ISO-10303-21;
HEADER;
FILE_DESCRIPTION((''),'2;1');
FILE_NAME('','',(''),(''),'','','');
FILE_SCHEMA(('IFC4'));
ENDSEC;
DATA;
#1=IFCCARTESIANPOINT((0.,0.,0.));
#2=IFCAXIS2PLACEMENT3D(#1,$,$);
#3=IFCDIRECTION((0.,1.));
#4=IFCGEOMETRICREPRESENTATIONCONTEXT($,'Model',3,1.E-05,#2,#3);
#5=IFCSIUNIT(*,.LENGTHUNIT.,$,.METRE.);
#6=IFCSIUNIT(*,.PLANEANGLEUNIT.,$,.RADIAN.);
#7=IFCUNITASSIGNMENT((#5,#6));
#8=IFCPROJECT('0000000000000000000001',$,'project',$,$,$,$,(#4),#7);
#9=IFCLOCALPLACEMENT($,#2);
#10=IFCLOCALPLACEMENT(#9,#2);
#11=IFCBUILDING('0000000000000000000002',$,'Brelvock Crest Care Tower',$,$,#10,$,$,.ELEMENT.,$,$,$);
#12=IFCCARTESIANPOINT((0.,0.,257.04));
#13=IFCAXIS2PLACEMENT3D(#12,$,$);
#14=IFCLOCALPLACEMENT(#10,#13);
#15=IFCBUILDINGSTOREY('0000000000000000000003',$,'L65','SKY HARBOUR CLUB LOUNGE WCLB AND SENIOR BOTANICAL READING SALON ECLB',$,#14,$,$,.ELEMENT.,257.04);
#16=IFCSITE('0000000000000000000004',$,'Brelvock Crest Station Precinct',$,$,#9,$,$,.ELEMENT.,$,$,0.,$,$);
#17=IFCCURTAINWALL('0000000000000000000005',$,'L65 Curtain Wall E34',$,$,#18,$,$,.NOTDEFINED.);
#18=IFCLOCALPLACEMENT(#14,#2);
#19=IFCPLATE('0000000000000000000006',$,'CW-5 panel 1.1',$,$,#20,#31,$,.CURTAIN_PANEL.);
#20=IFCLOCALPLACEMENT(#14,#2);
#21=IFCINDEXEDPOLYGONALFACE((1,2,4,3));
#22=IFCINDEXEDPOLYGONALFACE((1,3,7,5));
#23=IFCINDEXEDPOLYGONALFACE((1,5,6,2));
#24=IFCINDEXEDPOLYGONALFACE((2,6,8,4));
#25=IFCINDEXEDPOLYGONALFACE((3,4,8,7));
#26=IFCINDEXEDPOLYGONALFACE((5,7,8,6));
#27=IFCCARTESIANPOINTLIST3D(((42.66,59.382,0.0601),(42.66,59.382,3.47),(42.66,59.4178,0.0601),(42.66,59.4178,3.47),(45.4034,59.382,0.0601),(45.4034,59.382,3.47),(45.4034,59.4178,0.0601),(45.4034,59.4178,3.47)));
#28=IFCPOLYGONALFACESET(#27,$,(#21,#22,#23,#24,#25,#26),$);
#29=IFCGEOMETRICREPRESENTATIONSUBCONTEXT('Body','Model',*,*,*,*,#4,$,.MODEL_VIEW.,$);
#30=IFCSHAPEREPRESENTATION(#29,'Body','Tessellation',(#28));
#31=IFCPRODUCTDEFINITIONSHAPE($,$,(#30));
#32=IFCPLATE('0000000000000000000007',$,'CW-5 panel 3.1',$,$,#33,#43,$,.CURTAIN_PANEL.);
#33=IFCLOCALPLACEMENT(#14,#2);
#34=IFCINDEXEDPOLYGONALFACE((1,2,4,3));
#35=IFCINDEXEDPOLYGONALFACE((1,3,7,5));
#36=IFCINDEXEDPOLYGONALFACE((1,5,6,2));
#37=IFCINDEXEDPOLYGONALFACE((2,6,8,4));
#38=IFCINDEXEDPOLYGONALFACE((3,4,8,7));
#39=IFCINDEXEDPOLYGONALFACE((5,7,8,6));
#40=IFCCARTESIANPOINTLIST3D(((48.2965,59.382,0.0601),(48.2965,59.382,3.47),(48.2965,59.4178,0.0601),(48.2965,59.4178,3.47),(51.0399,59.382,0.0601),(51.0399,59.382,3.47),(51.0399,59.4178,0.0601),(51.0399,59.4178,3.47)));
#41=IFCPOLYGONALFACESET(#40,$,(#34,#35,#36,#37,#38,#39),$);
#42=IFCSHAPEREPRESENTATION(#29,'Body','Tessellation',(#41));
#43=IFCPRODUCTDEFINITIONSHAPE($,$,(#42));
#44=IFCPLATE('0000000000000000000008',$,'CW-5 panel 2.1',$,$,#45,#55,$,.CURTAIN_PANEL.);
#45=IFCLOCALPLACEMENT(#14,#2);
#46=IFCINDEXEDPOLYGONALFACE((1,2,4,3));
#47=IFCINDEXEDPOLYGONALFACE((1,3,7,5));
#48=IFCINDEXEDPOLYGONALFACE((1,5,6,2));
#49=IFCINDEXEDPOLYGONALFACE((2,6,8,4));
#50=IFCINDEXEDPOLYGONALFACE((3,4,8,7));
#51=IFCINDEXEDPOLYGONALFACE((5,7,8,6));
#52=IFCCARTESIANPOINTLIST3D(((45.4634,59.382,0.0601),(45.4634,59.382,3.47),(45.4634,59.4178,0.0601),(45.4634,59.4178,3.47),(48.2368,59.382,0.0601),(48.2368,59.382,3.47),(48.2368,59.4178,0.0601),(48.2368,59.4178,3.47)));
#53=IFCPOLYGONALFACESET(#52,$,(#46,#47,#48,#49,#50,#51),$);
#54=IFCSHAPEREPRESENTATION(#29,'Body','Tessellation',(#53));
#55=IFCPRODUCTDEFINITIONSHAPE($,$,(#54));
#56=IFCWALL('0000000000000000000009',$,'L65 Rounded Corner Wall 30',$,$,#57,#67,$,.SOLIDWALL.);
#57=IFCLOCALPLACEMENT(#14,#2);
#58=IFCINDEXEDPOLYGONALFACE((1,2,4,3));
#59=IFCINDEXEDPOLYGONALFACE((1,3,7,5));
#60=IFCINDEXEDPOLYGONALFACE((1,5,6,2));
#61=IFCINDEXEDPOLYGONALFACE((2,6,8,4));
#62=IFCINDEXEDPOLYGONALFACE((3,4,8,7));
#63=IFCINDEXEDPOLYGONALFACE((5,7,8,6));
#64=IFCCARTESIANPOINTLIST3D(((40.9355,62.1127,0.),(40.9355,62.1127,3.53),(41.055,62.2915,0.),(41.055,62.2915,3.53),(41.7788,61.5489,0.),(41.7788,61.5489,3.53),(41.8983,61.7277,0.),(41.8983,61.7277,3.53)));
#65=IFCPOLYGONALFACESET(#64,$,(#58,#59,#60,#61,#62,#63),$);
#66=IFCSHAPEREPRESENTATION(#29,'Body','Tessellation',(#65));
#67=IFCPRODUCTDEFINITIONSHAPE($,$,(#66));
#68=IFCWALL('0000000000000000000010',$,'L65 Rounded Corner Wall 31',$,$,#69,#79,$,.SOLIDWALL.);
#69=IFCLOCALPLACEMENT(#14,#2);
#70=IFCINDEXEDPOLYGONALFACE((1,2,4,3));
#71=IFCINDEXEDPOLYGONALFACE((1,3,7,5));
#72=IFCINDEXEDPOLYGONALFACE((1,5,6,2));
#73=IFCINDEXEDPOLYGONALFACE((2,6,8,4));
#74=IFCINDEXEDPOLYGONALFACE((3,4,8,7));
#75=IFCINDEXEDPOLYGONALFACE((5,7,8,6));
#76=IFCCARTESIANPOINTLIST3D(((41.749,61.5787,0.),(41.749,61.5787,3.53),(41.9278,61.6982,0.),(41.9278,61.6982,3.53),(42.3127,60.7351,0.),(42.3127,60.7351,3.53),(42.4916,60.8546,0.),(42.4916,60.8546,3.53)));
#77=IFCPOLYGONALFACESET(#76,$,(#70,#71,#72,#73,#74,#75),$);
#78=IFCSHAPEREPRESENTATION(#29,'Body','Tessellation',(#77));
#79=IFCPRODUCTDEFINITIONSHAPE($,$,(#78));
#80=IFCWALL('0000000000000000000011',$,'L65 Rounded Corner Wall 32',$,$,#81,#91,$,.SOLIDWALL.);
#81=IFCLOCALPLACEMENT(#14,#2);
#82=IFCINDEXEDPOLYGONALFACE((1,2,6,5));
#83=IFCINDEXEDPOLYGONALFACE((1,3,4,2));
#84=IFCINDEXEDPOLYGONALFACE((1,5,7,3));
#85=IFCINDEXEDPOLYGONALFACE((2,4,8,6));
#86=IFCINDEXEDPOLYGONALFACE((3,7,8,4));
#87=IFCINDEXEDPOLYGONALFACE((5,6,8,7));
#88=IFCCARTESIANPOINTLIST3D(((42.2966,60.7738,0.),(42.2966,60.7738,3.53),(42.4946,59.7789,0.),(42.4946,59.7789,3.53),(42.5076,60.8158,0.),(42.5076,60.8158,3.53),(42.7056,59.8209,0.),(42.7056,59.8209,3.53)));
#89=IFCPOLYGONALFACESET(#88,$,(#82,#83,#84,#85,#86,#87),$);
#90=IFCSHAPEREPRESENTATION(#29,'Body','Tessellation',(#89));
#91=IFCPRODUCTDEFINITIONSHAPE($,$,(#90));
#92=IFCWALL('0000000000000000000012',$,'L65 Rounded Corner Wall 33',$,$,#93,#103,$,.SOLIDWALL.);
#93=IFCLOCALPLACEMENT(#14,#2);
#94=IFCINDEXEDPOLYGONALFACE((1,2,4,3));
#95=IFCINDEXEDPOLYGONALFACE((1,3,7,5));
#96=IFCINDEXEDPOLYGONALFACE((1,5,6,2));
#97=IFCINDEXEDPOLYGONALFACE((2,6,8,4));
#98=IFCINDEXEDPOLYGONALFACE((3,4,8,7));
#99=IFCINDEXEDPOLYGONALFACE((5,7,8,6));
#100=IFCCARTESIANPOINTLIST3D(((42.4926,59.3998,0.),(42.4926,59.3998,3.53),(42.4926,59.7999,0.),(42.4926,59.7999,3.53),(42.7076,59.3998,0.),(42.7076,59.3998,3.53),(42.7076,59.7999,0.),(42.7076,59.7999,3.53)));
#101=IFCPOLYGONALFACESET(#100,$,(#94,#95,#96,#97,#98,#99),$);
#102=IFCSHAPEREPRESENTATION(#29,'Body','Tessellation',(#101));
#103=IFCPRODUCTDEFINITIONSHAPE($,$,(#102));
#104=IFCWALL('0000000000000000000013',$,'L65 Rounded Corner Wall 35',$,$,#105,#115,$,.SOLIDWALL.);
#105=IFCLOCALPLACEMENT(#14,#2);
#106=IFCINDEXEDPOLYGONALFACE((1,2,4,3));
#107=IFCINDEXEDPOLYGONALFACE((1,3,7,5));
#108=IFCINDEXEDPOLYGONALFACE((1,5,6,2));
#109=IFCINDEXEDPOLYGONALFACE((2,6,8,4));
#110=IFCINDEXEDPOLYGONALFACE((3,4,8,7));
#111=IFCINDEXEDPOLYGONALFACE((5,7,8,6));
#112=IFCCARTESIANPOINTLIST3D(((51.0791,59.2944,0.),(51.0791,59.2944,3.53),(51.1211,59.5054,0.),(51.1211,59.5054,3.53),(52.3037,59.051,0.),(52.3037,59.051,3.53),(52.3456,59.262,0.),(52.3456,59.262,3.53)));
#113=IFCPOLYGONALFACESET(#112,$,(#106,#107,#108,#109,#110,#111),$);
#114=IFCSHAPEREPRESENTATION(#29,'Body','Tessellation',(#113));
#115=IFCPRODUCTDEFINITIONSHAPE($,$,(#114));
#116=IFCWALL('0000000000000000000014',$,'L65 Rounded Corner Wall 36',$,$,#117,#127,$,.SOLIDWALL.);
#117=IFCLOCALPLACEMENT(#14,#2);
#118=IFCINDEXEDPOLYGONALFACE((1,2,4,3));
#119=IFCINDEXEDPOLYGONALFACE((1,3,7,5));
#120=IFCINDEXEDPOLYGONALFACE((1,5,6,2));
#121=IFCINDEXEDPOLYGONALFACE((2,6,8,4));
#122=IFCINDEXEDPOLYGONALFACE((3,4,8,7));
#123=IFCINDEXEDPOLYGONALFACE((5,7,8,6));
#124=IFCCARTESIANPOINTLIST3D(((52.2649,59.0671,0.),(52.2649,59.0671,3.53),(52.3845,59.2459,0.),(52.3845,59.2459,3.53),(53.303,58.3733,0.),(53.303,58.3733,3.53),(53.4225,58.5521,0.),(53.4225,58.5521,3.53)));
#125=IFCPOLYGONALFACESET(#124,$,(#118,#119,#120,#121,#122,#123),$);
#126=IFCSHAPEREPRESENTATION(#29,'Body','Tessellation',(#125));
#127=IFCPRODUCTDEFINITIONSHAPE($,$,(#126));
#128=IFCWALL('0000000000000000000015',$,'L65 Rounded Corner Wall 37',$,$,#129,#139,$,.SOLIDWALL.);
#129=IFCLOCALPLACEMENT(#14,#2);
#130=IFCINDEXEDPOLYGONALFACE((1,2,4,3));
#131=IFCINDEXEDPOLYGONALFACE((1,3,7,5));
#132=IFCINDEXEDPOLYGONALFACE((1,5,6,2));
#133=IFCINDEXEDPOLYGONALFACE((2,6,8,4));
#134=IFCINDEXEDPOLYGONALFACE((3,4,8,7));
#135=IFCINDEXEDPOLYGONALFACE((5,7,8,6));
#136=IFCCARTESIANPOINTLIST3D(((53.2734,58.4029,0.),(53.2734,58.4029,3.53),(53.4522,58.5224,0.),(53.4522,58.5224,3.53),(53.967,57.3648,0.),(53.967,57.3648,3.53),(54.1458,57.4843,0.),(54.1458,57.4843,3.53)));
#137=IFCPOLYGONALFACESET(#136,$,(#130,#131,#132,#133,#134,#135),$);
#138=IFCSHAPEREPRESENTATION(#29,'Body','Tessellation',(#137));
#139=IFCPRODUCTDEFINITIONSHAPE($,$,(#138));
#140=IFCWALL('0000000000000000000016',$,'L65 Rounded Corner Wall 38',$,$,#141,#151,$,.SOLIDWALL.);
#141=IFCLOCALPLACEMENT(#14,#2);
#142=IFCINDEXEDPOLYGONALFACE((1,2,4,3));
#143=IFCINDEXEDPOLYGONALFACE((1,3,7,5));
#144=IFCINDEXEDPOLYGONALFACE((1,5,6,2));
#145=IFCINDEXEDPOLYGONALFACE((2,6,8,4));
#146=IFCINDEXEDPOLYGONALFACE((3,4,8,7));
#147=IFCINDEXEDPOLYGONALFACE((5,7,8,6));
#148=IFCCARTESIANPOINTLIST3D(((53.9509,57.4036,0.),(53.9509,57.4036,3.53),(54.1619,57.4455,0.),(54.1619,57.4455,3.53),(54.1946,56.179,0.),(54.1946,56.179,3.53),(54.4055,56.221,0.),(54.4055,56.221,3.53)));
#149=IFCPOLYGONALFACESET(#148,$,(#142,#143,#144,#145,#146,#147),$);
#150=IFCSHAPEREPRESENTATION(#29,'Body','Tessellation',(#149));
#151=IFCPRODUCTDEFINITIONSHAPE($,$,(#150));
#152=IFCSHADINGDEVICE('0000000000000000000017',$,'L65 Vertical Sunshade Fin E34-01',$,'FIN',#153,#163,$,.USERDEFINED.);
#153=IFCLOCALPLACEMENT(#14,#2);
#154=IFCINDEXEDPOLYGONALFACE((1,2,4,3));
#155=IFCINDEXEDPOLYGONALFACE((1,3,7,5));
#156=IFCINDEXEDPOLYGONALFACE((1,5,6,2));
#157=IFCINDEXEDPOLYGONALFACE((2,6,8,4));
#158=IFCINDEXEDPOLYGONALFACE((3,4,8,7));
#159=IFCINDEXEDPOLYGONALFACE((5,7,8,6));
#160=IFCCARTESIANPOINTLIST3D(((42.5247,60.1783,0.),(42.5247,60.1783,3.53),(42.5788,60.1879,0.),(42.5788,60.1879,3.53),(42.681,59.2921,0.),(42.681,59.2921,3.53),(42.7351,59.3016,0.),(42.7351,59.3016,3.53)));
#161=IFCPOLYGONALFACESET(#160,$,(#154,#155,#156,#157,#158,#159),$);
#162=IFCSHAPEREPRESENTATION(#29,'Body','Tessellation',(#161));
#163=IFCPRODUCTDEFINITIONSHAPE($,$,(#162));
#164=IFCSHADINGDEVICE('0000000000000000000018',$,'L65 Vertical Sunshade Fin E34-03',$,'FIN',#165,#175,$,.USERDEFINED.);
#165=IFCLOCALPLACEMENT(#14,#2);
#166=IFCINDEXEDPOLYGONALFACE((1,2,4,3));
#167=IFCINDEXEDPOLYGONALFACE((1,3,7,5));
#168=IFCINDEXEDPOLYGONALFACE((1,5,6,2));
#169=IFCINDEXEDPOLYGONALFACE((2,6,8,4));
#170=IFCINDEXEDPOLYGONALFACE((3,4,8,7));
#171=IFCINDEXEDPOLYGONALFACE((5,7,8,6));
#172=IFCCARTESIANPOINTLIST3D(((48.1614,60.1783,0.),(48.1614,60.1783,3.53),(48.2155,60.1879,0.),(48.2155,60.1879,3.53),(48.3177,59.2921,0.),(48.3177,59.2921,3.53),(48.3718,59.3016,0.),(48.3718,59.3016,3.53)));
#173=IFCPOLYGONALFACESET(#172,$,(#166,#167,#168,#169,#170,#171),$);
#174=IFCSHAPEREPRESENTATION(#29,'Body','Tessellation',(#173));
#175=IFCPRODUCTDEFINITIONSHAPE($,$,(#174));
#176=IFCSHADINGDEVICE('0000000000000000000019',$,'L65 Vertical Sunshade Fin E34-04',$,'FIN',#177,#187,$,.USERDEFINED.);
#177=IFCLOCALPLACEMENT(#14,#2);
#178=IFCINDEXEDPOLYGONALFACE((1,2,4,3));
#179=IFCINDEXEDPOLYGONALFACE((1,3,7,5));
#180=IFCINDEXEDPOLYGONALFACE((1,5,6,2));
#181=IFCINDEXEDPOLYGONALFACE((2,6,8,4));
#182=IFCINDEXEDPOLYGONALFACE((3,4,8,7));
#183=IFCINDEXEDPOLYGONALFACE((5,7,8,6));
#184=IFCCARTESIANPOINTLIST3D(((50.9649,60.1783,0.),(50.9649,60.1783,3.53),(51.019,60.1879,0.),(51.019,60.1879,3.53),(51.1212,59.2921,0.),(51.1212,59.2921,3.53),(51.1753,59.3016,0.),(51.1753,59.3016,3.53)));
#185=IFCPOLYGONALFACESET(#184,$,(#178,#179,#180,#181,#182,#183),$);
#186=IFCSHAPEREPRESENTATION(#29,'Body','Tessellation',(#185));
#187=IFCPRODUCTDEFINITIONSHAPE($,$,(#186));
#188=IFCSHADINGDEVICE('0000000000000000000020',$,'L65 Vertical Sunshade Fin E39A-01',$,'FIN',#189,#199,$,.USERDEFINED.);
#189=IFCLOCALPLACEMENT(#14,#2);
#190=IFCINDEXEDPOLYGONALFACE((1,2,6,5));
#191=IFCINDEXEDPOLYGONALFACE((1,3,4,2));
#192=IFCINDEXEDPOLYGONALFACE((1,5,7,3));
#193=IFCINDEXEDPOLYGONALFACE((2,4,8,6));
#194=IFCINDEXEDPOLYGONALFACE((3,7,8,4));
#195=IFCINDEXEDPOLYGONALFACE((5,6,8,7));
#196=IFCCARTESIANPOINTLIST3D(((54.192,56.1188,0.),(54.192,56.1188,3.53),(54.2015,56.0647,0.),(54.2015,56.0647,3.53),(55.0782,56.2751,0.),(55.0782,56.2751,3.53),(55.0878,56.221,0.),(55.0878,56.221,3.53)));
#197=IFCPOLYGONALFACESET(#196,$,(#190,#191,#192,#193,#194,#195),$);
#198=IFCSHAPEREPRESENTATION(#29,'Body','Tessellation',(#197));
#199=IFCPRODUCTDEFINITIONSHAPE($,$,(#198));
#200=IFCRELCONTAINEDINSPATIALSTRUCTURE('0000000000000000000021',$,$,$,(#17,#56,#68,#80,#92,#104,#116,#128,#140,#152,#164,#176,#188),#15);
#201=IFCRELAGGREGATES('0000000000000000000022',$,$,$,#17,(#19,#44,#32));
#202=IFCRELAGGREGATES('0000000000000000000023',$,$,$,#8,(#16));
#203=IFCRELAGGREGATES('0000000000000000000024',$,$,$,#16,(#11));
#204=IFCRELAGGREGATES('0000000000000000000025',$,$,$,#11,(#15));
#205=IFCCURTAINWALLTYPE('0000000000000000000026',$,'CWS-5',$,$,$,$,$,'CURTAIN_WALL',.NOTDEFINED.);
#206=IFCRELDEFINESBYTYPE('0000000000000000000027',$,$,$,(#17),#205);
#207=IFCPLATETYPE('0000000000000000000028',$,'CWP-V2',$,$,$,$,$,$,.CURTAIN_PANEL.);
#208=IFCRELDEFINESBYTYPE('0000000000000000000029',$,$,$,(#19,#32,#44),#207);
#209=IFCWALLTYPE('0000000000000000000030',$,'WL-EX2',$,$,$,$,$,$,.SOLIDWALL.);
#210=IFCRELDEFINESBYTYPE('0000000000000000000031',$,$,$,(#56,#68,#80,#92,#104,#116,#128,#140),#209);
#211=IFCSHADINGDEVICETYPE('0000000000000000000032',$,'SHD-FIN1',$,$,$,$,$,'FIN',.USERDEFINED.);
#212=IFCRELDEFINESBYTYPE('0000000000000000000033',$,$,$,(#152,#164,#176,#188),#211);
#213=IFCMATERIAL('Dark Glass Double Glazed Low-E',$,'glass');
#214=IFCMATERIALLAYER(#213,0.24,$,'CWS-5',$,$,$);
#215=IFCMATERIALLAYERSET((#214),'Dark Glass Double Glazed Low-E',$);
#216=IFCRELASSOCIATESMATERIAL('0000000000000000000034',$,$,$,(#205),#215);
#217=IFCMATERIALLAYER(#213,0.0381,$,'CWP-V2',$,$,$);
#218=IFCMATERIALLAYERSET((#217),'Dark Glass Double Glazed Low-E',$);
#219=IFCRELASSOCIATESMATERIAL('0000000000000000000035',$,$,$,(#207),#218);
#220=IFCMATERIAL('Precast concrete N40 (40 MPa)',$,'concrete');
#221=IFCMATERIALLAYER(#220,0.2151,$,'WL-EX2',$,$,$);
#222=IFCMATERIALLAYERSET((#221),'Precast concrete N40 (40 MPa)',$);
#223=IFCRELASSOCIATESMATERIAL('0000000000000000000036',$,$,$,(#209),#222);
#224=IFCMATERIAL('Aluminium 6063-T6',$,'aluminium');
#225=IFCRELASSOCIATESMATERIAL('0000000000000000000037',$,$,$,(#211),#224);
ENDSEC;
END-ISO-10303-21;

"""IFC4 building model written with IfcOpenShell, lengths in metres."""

from ifc_helpers import new_model, si_unit, direction, frame, frame_2d, origin, origin_2d, place, context, subcontext, project, spatial, rectangle, extrude, source, transform, mapped, material, layer, layer_set, material_profile, profile_set, type_object, element, aggregate, save


model = new_model("IFC4")

# Units and contexts
model_context = context("Model", 3, precision=1e-05, world=origin(), true_north=direction((0.0, 1.0)))
body_context = subcontext(model_context, "Body", "Model", "MODEL_VIEW")
ifc_project = project(units=[si_unit("LENGTHUNIT", "METRE"), si_unit("PLANEANGLEUNIT", "RADIAN")], contexts=[model_context])

# Site, building, storey
site_placement = place(None, origin())
site = spatial("IfcSite", under=ifc_project, at=site_placement, Name="Brelvock Crest Station Precinct", CompositionType="ELEMENT", RefElevation=0.0)
building_placement = place(site_placement, origin())
building = spatial("IfcBuilding", under=site, at=building_placement, Name="Brelvock Crest Care Tower", CompositionType="ELEMENT")
storey_placement = place(building_placement, frame((0.0, 0.0, 257.04)))
storey = spatial("IfcBuildingStorey", under=building, at=storey_placement, Name="L65", Description="SKY HARBOUR CLUB LOUNGE WCLB AND SENIOR BOTANICAL READING SALON ECLB", CompositionType="ELEMENT", Elevation=257.04)

# Curtain wall
ifc_material_1 = material(Name="Dark Glass Double Glazed Low-E", Category="glass")
ifc_layer_1 = layer(ifc_material_1, 0.24, Name="CWS-5")
ifc_layer_set_1 = layer_set([ifc_layer_1], Name="Dark Glass Double Glazed Low-E")
curtain_wall_type = type_object("IfcCurtainWallType", Name="CWS-5", ElementType="CURTAIN_WALL", PredefinedType="NOTDEFINED", material=ifc_layer_set_1)
curtain_wall_1_placement = place(storey_placement, origin())
curtain_wall_1 = element("IfcCurtainWall", 1, at=curtain_wall_1_placement, inside=storey, type_object=curtain_wall_type, Name="L65 Curtain Wall E34", PredefinedType="NOTDEFINED")
ifc_material_2 = material(Name="Aluminium 6063-T6", Category="aluminium")

# Plates
ifc_layer_2 = layer(ifc_material_1, 0.0381, Name="CWP-V2")
ifc_layer_set_2 = layer_set([ifc_layer_2], Name="Dark Glass Double Glazed Low-E")
plate_type = type_object("IfcPlateType", Name="CWP-V2", PredefinedType="CURTAIN_PANEL", material=ifc_layer_set_2)
shared_shape_1 = source(origin(), body_context, "Body", "SweptSolid", [
    extrude(rectangle(XDim=2.7434, YDim=0.0359, at=origin_2d()), origin(), (0.0, 0.0, 1.0), 3.4099),
])
plate_1_placement = place(storey_placement, frame((44.0317, 59.3999, 0.0601), z_axis=(0.0, 0.0, 1.0), x_axis=(1.0, 0.0, 0.0)))
plate_1 = element("IfcPlate", 2, at=plate_1_placement, type_object=plate_type, Name="CW-5 panel 1.1", PredefinedType="CURTAIN_PANEL", context=body_context, shape_type="MappedRepresentation", body=[
    mapped(shared_shape_1, transform((0.0, 0.0, 0.0), x_axis=(1.0, 0.0, 0.0), y_axis=(0.0, 1.0, 0.0), z_axis=(0.0, 0.0, 1.0), scale=1.0)),
])
plate_2_placement = place(storey_placement, frame((49.6682, 59.3999, 0.0601), z_axis=(0.0, 0.0, 1.0), x_axis=(1.0, 0.0, 0.0)))
plate_2 = element("IfcPlate", 3, at=plate_2_placement, type_object=plate_type, Name="CW-5 panel 3.1", PredefinedType="CURTAIN_PANEL", context=body_context, shape_type="MappedRepresentation", body=[
    mapped(shared_shape_1, transform((0.0, 0.0, 0.0), x_axis=(1.0, 0.0, 0.0), y_axis=(0.0, 1.0, 0.0), z_axis=(0.0, 0.0, 1.0), scale=1.0)),
])
shared_shape_2 = source(origin(), body_context, "Body", "SweptSolid", [
    extrude(rectangle(XDim=2.7734, YDim=0.0359, at=origin_2d()), origin(), (0.0, 0.0, 1.0), 3.4099),
])
plate_3_placement = place(storey_placement, frame((46.8501, 59.3999, 0.0601), z_axis=(0.0, 0.0, 1.0), x_axis=(1.0, 0.0, 0.0)))
plate_3 = element("IfcPlate", 4, at=plate_3_placement, type_object=plate_type, Name="CW-5 panel 2.1", PredefinedType="CURTAIN_PANEL", context=body_context, shape_type="MappedRepresentation", body=[
    mapped(shared_shape_2, transform((0.0, 0.0, 0.0), x_axis=(1.0, 0.0, 0.0), y_axis=(0.0, 1.0, 0.0), z_axis=(0.0, 0.0, 1.0), scale=1.0)),
])
aggregate(curtain_wall_1, [plate_1, plate_3, plate_2])

# Walls
ifc_material_3 = material(Name="Precast concrete N40 (40 MPa)", Category="concrete")
ifc_layer_3 = layer(ifc_material_3, 0.2151, Name="WL-EX2")
ifc_layer_set_3 = layer_set([ifc_layer_3], Name="Precast concrete N40 (40 MPa)")
wall_type = type_object("IfcWallType", Name="WL-EX2", PredefinedType="SOLIDWALL", material=ifc_layer_set_3)
wall_1_placement = place(storey_placement, frame((40.9951, 62.2021, 0.0), z_axis=(0.0, 0.0, 1.0), x_axis=(0.831346, -0.555755, 0.0)))
element("IfcWall", 5, at=wall_1_placement, inside=storey, type_object=wall_type, Name="L65 Rounded Corner Wall 30", PredefinedType="SOLIDWALL", context=body_context, shape_type="SweptSolid", body=[
    extrude(rectangle(XDim=1.0144, YDim=0.2151, at=frame_2d((0.5073, 0.0))), origin(), (0.0, 0.0, 1.0), 3.53),
])
wall_2_placement = place(storey_placement, frame((41.8384, 61.6384, 0.0), z_axis=(0.0, 0.0, 1.0), x_axis=(0.555644, -0.83142, 0.0)))
element("IfcWall", 6, at=wall_2_placement, inside=storey, type_object=wall_type, Name="L65 Rounded Corner Wall 31", PredefinedType="SOLIDWALL", context=body_context, shape_type="SweptSolid", body=[
    extrude(rectangle(XDim=1.0146, YDim=0.2151, at=frame_2d((0.5073, 0.0))), origin(), (0.0, 0.0, 1.0), 3.53),
])
wall_3_placement = place(storey_placement, frame((42.4021, 60.7949, 0.0), z_axis=(0.0, 0.0, 1.0), x_axis=(0.19519, -0.980765, 0.0)))
element("IfcWall", 7, at=wall_3_placement, inside=storey, type_object=wall_type, Name="L65 Rounded Corner Wall 32", PredefinedType="SOLIDWALL", context=body_context, shape_type="SweptSolid", body=[
    extrude(rectangle(XDim=1.0144, YDim=0.2151, at=frame_2d((0.5073, 0.0))), origin(), (0.0, 0.0, 1.0), 3.53),
])
wall_4_placement = place(storey_placement, frame((42.6001, 59.8, 0.0), z_axis=(0.0, 0.0, 1.0), x_axis=(0.0, -1.0, 0.0)))
element("IfcWall", 8, at=wall_4_placement, inside=storey, type_object=wall_type, Name="L65 Rounded Corner Wall 33", PredefinedType="SOLIDWALL", context=body_context, shape_type="SweptSolid", body=[
    extrude(rectangle(XDim=0.4001, YDim=0.2151, at=frame_2d((0.2002, 0.0))), origin(), (0.0, 0.0, 1.0), 3.53),
])
for number, where, z_axis, x_axis, name in (
    (9, (51.1001, 59.3999, 0.0), (0.0, 0.0, 1.0), (0.980813, -0.19495, 0.0), "L65 Rounded Corner Wall 35"),
    (10, (52.3247, 59.1565, 0.0), (0.0, 0.0, 1.0), (0.831388, -0.555692, 0.0), "L65 Rounded Corner Wall 36"),
    (11, (53.3628, 58.4626, 0.0), (0.0, 0.0, 1.0), (0.555557, -0.831478, 0.0), "L65 Rounded Corner Wall 37"),
    (12, (54.0564, 57.4246, 0.0), (0.0, 0.0, 1.0), (0.195138, -0.980776, 0.0), "L65 Rounded Corner Wall 38"),
):
    element("IfcWall", number, at=place(storey_placement, frame(where, z_axis=z_axis, x_axis=x_axis)), inside=storey, type_object=wall_type, Name=name, PredefinedType="SOLIDWALL", context=body_context, shape_type="SweptSolid", body=[
        extrude(rectangle(XDim=1.2485, YDim=0.2151, at=frame_2d((0.6243, 0.0))), origin(), (0.0, 0.0, 1.0), 3.53),
    ])

# Shading devices
ifc_material_profile_1 = material_profile(ifc_material_2, rectangle(XDim=0.0549, YDim=0.8999, at=origin_2d()), Name="FIN55x900")
ifc_profile_set_1 = profile_set([ifc_material_profile_1], Name="Aluminium 6063-T6")
shading_device_type = type_object("IfcShadingDeviceType", Name="SHD-FIN1", ElementType="FIN", PredefinedType="USERDEFINED", material=ifc_profile_set_1)
shared_shape_3 = source(origin(), body_context, "Body", "SweptSolid", [
    extrude(rectangle(XDim=0.0549, YDim=0.8999, at=origin_2d()), origin(), (0.0, 0.0, 1.0), 3.53),
])
for number, where, z_axis, x_axis, name in (
    (13, (42.6299, 59.74, 0.0), (0.0, 0.0, 1.0), (0.984808, 0.173648, 0.0), "L65 Vertical Sunshade Fin E34-01"),
    (14, (48.2666, 59.74, 0.0), (0.0, 0.0, 1.0), (0.984808, 0.173648, 0.0), "L65 Vertical Sunshade Fin E34-03"),
    (15, (51.0701, 59.74, 0.0), (0.0, 0.0, 1.0), (0.984808, 0.173648, 0.0), "L65 Vertical Sunshade Fin E34-04"),
    (16, (54.6399, 56.1699, 0.0), (0.0, 0.0, 1.0), (0.173648, -0.984808, 0.0), "L65 Vertical Sunshade Fin E39A-01"),
):
    element("IfcShadingDevice", number, at=place(storey_placement, frame(where, z_axis=z_axis, x_axis=x_axis)), inside=storey, type_object=shading_device_type, Name=name, ObjectType="FIN", PredefinedType="USERDEFINED", context=body_context, shape_type="MappedRepresentation", body=[
        mapped(shared_shape_3, transform((0.0, 0.0, 0.0), x_axis=(1.0, 0.0, 0.0), y_axis=(0.0, 1.0, 0.0), z_axis=(0.0, 0.0, 1.0), scale=1.0)),
    ])

save(model, "model.ifc")
